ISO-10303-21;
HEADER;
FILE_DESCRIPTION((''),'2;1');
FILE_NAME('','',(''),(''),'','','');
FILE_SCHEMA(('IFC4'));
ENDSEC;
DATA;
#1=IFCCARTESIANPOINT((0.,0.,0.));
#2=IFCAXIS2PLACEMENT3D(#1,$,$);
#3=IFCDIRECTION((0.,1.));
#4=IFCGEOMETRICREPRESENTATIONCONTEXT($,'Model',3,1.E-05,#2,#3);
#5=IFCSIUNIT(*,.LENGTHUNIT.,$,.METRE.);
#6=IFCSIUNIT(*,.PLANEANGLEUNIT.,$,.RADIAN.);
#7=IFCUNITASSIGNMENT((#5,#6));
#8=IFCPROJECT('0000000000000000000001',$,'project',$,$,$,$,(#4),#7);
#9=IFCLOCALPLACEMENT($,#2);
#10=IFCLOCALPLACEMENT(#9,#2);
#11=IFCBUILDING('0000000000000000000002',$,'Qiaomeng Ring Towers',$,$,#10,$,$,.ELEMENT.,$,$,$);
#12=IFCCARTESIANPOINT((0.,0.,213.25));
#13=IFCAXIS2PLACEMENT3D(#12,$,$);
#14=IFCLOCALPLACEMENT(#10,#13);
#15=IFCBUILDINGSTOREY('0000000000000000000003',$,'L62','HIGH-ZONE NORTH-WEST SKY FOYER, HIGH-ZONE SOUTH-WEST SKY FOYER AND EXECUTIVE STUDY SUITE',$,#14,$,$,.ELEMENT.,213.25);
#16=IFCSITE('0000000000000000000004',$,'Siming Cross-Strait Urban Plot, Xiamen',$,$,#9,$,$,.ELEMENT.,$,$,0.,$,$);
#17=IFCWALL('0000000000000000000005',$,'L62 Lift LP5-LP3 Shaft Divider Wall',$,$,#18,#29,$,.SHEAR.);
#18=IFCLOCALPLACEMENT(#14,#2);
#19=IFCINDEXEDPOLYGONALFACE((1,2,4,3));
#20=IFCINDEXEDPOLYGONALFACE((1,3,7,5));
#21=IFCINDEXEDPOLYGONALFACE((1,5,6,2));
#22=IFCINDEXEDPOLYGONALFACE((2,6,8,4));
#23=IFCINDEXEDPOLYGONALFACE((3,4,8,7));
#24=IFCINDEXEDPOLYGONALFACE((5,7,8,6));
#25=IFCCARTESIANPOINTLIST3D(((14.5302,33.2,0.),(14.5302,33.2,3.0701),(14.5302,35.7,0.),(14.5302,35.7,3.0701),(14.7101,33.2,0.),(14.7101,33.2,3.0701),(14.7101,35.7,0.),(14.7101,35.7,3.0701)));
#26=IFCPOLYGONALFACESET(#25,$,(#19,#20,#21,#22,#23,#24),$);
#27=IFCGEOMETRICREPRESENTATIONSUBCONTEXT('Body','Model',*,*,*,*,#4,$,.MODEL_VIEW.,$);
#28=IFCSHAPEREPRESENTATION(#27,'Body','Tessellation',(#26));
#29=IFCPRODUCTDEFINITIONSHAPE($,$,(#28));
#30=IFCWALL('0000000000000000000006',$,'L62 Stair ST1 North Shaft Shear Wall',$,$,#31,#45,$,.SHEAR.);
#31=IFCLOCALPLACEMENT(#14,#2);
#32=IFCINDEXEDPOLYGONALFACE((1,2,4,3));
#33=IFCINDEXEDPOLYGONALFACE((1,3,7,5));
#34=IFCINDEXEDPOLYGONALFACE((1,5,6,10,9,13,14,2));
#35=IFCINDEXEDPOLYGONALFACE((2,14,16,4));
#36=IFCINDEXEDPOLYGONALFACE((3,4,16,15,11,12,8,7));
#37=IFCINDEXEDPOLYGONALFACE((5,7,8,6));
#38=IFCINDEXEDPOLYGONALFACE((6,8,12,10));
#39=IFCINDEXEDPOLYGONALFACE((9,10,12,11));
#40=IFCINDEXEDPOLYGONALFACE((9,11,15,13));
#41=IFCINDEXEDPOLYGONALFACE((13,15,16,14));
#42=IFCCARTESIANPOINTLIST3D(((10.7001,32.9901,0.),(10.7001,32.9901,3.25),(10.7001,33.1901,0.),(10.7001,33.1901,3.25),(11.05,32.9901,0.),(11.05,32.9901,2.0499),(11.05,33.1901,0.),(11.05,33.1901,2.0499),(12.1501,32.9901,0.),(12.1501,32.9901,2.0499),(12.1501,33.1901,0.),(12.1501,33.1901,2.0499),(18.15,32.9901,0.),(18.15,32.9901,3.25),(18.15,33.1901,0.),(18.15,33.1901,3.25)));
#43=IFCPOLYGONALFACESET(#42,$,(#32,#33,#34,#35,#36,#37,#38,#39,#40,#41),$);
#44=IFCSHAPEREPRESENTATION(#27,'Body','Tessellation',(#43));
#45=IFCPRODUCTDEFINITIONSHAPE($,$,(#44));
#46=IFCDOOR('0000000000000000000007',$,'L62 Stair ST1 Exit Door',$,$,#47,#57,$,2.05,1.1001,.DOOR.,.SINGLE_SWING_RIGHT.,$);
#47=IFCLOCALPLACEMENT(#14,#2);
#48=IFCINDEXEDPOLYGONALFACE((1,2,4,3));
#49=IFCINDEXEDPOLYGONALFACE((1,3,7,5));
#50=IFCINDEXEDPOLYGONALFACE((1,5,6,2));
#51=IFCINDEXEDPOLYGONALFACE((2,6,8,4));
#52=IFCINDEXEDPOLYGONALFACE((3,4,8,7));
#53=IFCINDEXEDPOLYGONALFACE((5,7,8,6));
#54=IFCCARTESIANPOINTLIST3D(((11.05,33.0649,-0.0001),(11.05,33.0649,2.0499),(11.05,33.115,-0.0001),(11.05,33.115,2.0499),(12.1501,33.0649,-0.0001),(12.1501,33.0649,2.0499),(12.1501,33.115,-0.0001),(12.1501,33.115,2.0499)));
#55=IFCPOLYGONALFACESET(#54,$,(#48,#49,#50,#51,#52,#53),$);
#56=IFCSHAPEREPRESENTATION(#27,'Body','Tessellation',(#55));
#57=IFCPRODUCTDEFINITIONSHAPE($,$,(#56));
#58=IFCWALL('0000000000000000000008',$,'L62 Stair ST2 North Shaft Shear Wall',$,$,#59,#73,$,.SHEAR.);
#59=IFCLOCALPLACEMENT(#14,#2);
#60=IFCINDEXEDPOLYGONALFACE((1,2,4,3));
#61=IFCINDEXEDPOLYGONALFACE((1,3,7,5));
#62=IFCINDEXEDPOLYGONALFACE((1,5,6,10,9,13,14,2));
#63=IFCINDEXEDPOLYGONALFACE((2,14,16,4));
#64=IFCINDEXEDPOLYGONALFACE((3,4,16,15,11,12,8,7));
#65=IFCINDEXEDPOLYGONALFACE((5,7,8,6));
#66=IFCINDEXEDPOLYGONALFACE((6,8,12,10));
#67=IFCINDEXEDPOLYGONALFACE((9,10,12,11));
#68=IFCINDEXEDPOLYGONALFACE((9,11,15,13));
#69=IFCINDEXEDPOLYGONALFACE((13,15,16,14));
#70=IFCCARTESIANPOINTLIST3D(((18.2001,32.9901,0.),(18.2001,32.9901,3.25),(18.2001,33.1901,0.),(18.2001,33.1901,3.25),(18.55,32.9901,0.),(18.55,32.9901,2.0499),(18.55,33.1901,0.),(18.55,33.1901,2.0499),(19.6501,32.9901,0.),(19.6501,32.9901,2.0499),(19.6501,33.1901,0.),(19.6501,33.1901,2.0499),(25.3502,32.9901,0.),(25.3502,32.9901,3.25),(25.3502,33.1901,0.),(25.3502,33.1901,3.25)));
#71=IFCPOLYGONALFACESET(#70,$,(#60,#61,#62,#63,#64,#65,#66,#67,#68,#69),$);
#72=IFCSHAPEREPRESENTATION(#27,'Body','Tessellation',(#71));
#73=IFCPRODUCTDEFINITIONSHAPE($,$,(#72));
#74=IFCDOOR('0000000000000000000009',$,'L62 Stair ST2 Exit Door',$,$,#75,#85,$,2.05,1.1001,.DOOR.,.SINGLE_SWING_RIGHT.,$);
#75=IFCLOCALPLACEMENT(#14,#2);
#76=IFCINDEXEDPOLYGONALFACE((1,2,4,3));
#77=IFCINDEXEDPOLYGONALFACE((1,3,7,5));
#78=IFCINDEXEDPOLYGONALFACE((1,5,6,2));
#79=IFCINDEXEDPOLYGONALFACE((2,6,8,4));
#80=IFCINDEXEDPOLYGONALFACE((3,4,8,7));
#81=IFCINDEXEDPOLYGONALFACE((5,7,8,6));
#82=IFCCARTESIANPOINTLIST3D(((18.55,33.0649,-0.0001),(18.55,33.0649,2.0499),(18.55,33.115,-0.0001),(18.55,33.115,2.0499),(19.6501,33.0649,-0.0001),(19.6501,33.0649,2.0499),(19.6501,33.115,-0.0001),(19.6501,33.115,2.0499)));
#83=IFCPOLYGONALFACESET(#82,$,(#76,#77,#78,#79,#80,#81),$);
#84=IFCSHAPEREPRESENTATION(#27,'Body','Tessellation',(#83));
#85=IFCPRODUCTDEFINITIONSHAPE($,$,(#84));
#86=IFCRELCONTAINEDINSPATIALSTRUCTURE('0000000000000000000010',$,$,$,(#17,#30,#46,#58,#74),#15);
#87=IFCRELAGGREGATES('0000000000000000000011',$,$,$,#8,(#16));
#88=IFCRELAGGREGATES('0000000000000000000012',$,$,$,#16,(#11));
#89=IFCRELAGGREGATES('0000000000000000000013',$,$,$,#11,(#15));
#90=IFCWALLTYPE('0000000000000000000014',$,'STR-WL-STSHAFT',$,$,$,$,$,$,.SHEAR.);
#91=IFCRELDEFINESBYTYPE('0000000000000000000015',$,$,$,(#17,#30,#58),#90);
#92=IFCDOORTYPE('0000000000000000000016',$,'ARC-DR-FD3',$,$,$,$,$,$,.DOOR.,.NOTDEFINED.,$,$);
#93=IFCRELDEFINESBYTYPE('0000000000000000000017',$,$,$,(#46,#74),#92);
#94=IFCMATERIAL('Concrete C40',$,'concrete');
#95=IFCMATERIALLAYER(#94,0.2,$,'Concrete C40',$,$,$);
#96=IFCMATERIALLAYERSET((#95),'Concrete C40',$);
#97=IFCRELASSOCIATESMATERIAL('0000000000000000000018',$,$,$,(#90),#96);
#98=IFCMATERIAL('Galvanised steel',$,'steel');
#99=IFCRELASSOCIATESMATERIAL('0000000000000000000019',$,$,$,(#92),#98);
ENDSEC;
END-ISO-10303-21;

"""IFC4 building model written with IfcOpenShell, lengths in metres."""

from ifc_helpers import new_model, si_unit, direction, frame, frame_2d, origin, place, context, subcontext, project, spatial, rectangle, extrude, source, transform, mapped, material, layer, layer_set, type_object, element, fill, save


model = new_model("IFC4")

# Units and contexts
model_context = context("Model", 3, precision=1e-05, world=origin(), true_north=direction((0.0, 1.0)))
body_context = subcontext(model_context, "Body", "Model", "MODEL_VIEW")
ifc_project = project(units=[si_unit("LENGTHUNIT", "METRE"), si_unit("PLANEANGLEUNIT", "RADIAN")], contexts=[model_context])

# Site, building, storey
site_placement = place(None, origin())
site = spatial("IfcSite", under=ifc_project, at=site_placement, Name="Siming Cross-Strait Urban Plot, Xiamen", CompositionType="ELEMENT", RefElevation=0.0)
building_placement = place(site_placement, origin())
building = spatial("IfcBuilding", under=site, at=building_placement, Name="Qiaomeng Ring Towers", CompositionType="ELEMENT")
storey_placement = place(building_placement, frame((0.0, 0.0, 213.25)))
storey = spatial("IfcBuildingStorey", under=building, at=storey_placement, Name="L62", Description="HIGH-ZONE NORTH-WEST SKY FOYER, HIGH-ZONE SOUTH-WEST SKY FOYER AND EXECUTIVE STUDY SUITE", CompositionType="ELEMENT", Elevation=213.25)

# Wall
ifc_material_1 = material(Name="Concrete C40", Category="concrete")
ifc_layer_1 = layer(ifc_material_1, 0.2, Name="Concrete C40")
ifc_layer_set_1 = layer_set([ifc_layer_1], Name="Concrete C40")
wall_type_1 = type_object("IfcWallType", Name="STR-WL-STSHAFT", PredefinedType="SHEAR", material=ifc_layer_set_1)
wall_1_placement = place(storey_placement, frame((14.6201, 33.2, 0.0), z_axis=(0.0, 0.0, 1.0), x_axis=(0.0, 1.0, 0.0)))
element("IfcWall", 1, at=wall_1_placement, inside=storey, type_object=wall_type_1, Name="L62 Lift LP5-LP3 Shaft Divider Wall", PredefinedType="SHEAR", context=body_context, shape_type="SweptSolid", body=[
    extrude(rectangle(XDim=2.5, YDim=0.1799, at=frame_2d((1.25, 0.0))), origin(), (0.0, 0.0, 1.0), 3.0701),
])

# Walls, openings, doors
wall_2_placement = place(storey_placement, frame((10.7, 33.0901, 0.0), z_axis=(0.0, 0.0, 1.0), x_axis=(1.0, 0.0, 0.0)))
wall_2 = element("IfcWall", 2, at=wall_2_placement, inside=storey, type_object=wall_type_1, Name="L62 Stair ST1 North Shaft Shear Wall", PredefinedType="SHEAR", context=body_context, shape_type="SweptSolid", body=[
    extrude(rectangle(XDim=7.45, YDim=0.2, at=frame_2d((3.7251, 0.0))), origin(), (0.0, 0.0, 1.0), 3.25),
])
opening_1_placement = place(wall_2_placement, frame((0.3501, 0.0, 0.0)))
opening_1 = element("IfcOpeningElement", 3, at=opening_1_placement, cuts=wall_2, PredefinedType="OPENING", context=body_context, shape_type="SweptSolid", body=[
    extrude(rectangle(XDim=1.1001, YDim=2.05, at=frame_2d((0.55, 1.0249))), frame((0.0, 0.1099, 0.0), z_axis=(0.0, -1.0, 0.0), x_axis=(1.0, 0.0, 0.0)), (0.0, 0.0, 1.0), 0.22),
])
ifc_material_2 = material(Name="Galvanised steel", Category="steel")
door_type_1 = type_object("IfcDoorType", Name="ARC-DR-FD3", OperationType="NOTDEFINED", PredefinedType="DOOR", material=ifc_material_2)
shared_shape_1 = source(origin(), body_context, "Body", "SweptSolid", [
    extrude(rectangle(XDim=1.1001, YDim=2.05, at=frame_2d((0.55, 1.0249))), frame((0.0, 0.0249, 0.0), z_axis=(0.0, -1.0, 0.0), x_axis=(1.0, 0.0, 0.0)), (0.0, 0.0, 1.0), 0.05),
])
door_1_placement = place(opening_1_placement, origin())
door_1 = element("IfcDoor", 4, at=door_1_placement, inside=storey, type_object=door_type_1, Name="L62 Stair ST1 Exit Door", OperationType="SINGLE_SWING_RIGHT", OverallHeight=2.05, OverallWidth=1.1001, PredefinedType="DOOR", context=body_context, shape_type="MappedRepresentation", body=[
    mapped(shared_shape_1, transform((0.0, 0.0, 0.0), x_axis=(1.0, 0.0, 0.0), y_axis=(0.0, 1.0, 0.0), z_axis=(0.0, 0.0, 1.0), scale=1.0)),
])
fill(opening_1, door_1)
wall_3_placement = place(storey_placement, frame((18.2, 33.0901, 0.0), z_axis=(0.0, 0.0, 1.0), x_axis=(1.0, 0.0, 0.0)))
wall_3 = element("IfcWall", 5, at=wall_3_placement, inside=storey, type_object=wall_type_1, Name="L62 Stair ST2 North Shaft Shear Wall", PredefinedType="SHEAR", context=body_context, shape_type="SweptSolid", body=[
    extrude(rectangle(XDim=7.1501, YDim=0.2, at=frame_2d((3.5752, 0.0))), origin(), (0.0, 0.0, 1.0), 3.25),
])
opening_2_placement = place(wall_3_placement, frame((0.3501, 0.0, 0.0)))
opening_2 = element("IfcOpeningElement", 6, at=opening_2_placement, cuts=wall_3, PredefinedType="OPENING", context=body_context, shape_type="SweptSolid", body=[
    extrude(rectangle(XDim=1.1001, YDim=2.05, at=frame_2d((0.55, 1.0249))), frame((0.0, 0.1099, 0.0), z_axis=(0.0, -1.0, 0.0), x_axis=(1.0, 0.0, 0.0)), (0.0, 0.0, 1.0), 0.22),
])
door_2_placement = place(opening_2_placement, origin())
door_2 = element("IfcDoor", 7, at=door_2_placement, inside=storey, type_object=door_type_1, Name="L62 Stair ST2 Exit Door", OperationType="SINGLE_SWING_RIGHT", OverallHeight=2.05, OverallWidth=1.1001, PredefinedType="DOOR", context=body_context, shape_type="MappedRepresentation", body=[
    mapped(shared_shape_1, transform((0.0, 0.0, 0.0), x_axis=(1.0, 0.0, 0.0), y_axis=(0.0, 1.0, 0.0), z_axis=(0.0, 0.0, 1.0), scale=1.0)),
])
fill(opening_2, door_2)

save(model, "model.ifc")
